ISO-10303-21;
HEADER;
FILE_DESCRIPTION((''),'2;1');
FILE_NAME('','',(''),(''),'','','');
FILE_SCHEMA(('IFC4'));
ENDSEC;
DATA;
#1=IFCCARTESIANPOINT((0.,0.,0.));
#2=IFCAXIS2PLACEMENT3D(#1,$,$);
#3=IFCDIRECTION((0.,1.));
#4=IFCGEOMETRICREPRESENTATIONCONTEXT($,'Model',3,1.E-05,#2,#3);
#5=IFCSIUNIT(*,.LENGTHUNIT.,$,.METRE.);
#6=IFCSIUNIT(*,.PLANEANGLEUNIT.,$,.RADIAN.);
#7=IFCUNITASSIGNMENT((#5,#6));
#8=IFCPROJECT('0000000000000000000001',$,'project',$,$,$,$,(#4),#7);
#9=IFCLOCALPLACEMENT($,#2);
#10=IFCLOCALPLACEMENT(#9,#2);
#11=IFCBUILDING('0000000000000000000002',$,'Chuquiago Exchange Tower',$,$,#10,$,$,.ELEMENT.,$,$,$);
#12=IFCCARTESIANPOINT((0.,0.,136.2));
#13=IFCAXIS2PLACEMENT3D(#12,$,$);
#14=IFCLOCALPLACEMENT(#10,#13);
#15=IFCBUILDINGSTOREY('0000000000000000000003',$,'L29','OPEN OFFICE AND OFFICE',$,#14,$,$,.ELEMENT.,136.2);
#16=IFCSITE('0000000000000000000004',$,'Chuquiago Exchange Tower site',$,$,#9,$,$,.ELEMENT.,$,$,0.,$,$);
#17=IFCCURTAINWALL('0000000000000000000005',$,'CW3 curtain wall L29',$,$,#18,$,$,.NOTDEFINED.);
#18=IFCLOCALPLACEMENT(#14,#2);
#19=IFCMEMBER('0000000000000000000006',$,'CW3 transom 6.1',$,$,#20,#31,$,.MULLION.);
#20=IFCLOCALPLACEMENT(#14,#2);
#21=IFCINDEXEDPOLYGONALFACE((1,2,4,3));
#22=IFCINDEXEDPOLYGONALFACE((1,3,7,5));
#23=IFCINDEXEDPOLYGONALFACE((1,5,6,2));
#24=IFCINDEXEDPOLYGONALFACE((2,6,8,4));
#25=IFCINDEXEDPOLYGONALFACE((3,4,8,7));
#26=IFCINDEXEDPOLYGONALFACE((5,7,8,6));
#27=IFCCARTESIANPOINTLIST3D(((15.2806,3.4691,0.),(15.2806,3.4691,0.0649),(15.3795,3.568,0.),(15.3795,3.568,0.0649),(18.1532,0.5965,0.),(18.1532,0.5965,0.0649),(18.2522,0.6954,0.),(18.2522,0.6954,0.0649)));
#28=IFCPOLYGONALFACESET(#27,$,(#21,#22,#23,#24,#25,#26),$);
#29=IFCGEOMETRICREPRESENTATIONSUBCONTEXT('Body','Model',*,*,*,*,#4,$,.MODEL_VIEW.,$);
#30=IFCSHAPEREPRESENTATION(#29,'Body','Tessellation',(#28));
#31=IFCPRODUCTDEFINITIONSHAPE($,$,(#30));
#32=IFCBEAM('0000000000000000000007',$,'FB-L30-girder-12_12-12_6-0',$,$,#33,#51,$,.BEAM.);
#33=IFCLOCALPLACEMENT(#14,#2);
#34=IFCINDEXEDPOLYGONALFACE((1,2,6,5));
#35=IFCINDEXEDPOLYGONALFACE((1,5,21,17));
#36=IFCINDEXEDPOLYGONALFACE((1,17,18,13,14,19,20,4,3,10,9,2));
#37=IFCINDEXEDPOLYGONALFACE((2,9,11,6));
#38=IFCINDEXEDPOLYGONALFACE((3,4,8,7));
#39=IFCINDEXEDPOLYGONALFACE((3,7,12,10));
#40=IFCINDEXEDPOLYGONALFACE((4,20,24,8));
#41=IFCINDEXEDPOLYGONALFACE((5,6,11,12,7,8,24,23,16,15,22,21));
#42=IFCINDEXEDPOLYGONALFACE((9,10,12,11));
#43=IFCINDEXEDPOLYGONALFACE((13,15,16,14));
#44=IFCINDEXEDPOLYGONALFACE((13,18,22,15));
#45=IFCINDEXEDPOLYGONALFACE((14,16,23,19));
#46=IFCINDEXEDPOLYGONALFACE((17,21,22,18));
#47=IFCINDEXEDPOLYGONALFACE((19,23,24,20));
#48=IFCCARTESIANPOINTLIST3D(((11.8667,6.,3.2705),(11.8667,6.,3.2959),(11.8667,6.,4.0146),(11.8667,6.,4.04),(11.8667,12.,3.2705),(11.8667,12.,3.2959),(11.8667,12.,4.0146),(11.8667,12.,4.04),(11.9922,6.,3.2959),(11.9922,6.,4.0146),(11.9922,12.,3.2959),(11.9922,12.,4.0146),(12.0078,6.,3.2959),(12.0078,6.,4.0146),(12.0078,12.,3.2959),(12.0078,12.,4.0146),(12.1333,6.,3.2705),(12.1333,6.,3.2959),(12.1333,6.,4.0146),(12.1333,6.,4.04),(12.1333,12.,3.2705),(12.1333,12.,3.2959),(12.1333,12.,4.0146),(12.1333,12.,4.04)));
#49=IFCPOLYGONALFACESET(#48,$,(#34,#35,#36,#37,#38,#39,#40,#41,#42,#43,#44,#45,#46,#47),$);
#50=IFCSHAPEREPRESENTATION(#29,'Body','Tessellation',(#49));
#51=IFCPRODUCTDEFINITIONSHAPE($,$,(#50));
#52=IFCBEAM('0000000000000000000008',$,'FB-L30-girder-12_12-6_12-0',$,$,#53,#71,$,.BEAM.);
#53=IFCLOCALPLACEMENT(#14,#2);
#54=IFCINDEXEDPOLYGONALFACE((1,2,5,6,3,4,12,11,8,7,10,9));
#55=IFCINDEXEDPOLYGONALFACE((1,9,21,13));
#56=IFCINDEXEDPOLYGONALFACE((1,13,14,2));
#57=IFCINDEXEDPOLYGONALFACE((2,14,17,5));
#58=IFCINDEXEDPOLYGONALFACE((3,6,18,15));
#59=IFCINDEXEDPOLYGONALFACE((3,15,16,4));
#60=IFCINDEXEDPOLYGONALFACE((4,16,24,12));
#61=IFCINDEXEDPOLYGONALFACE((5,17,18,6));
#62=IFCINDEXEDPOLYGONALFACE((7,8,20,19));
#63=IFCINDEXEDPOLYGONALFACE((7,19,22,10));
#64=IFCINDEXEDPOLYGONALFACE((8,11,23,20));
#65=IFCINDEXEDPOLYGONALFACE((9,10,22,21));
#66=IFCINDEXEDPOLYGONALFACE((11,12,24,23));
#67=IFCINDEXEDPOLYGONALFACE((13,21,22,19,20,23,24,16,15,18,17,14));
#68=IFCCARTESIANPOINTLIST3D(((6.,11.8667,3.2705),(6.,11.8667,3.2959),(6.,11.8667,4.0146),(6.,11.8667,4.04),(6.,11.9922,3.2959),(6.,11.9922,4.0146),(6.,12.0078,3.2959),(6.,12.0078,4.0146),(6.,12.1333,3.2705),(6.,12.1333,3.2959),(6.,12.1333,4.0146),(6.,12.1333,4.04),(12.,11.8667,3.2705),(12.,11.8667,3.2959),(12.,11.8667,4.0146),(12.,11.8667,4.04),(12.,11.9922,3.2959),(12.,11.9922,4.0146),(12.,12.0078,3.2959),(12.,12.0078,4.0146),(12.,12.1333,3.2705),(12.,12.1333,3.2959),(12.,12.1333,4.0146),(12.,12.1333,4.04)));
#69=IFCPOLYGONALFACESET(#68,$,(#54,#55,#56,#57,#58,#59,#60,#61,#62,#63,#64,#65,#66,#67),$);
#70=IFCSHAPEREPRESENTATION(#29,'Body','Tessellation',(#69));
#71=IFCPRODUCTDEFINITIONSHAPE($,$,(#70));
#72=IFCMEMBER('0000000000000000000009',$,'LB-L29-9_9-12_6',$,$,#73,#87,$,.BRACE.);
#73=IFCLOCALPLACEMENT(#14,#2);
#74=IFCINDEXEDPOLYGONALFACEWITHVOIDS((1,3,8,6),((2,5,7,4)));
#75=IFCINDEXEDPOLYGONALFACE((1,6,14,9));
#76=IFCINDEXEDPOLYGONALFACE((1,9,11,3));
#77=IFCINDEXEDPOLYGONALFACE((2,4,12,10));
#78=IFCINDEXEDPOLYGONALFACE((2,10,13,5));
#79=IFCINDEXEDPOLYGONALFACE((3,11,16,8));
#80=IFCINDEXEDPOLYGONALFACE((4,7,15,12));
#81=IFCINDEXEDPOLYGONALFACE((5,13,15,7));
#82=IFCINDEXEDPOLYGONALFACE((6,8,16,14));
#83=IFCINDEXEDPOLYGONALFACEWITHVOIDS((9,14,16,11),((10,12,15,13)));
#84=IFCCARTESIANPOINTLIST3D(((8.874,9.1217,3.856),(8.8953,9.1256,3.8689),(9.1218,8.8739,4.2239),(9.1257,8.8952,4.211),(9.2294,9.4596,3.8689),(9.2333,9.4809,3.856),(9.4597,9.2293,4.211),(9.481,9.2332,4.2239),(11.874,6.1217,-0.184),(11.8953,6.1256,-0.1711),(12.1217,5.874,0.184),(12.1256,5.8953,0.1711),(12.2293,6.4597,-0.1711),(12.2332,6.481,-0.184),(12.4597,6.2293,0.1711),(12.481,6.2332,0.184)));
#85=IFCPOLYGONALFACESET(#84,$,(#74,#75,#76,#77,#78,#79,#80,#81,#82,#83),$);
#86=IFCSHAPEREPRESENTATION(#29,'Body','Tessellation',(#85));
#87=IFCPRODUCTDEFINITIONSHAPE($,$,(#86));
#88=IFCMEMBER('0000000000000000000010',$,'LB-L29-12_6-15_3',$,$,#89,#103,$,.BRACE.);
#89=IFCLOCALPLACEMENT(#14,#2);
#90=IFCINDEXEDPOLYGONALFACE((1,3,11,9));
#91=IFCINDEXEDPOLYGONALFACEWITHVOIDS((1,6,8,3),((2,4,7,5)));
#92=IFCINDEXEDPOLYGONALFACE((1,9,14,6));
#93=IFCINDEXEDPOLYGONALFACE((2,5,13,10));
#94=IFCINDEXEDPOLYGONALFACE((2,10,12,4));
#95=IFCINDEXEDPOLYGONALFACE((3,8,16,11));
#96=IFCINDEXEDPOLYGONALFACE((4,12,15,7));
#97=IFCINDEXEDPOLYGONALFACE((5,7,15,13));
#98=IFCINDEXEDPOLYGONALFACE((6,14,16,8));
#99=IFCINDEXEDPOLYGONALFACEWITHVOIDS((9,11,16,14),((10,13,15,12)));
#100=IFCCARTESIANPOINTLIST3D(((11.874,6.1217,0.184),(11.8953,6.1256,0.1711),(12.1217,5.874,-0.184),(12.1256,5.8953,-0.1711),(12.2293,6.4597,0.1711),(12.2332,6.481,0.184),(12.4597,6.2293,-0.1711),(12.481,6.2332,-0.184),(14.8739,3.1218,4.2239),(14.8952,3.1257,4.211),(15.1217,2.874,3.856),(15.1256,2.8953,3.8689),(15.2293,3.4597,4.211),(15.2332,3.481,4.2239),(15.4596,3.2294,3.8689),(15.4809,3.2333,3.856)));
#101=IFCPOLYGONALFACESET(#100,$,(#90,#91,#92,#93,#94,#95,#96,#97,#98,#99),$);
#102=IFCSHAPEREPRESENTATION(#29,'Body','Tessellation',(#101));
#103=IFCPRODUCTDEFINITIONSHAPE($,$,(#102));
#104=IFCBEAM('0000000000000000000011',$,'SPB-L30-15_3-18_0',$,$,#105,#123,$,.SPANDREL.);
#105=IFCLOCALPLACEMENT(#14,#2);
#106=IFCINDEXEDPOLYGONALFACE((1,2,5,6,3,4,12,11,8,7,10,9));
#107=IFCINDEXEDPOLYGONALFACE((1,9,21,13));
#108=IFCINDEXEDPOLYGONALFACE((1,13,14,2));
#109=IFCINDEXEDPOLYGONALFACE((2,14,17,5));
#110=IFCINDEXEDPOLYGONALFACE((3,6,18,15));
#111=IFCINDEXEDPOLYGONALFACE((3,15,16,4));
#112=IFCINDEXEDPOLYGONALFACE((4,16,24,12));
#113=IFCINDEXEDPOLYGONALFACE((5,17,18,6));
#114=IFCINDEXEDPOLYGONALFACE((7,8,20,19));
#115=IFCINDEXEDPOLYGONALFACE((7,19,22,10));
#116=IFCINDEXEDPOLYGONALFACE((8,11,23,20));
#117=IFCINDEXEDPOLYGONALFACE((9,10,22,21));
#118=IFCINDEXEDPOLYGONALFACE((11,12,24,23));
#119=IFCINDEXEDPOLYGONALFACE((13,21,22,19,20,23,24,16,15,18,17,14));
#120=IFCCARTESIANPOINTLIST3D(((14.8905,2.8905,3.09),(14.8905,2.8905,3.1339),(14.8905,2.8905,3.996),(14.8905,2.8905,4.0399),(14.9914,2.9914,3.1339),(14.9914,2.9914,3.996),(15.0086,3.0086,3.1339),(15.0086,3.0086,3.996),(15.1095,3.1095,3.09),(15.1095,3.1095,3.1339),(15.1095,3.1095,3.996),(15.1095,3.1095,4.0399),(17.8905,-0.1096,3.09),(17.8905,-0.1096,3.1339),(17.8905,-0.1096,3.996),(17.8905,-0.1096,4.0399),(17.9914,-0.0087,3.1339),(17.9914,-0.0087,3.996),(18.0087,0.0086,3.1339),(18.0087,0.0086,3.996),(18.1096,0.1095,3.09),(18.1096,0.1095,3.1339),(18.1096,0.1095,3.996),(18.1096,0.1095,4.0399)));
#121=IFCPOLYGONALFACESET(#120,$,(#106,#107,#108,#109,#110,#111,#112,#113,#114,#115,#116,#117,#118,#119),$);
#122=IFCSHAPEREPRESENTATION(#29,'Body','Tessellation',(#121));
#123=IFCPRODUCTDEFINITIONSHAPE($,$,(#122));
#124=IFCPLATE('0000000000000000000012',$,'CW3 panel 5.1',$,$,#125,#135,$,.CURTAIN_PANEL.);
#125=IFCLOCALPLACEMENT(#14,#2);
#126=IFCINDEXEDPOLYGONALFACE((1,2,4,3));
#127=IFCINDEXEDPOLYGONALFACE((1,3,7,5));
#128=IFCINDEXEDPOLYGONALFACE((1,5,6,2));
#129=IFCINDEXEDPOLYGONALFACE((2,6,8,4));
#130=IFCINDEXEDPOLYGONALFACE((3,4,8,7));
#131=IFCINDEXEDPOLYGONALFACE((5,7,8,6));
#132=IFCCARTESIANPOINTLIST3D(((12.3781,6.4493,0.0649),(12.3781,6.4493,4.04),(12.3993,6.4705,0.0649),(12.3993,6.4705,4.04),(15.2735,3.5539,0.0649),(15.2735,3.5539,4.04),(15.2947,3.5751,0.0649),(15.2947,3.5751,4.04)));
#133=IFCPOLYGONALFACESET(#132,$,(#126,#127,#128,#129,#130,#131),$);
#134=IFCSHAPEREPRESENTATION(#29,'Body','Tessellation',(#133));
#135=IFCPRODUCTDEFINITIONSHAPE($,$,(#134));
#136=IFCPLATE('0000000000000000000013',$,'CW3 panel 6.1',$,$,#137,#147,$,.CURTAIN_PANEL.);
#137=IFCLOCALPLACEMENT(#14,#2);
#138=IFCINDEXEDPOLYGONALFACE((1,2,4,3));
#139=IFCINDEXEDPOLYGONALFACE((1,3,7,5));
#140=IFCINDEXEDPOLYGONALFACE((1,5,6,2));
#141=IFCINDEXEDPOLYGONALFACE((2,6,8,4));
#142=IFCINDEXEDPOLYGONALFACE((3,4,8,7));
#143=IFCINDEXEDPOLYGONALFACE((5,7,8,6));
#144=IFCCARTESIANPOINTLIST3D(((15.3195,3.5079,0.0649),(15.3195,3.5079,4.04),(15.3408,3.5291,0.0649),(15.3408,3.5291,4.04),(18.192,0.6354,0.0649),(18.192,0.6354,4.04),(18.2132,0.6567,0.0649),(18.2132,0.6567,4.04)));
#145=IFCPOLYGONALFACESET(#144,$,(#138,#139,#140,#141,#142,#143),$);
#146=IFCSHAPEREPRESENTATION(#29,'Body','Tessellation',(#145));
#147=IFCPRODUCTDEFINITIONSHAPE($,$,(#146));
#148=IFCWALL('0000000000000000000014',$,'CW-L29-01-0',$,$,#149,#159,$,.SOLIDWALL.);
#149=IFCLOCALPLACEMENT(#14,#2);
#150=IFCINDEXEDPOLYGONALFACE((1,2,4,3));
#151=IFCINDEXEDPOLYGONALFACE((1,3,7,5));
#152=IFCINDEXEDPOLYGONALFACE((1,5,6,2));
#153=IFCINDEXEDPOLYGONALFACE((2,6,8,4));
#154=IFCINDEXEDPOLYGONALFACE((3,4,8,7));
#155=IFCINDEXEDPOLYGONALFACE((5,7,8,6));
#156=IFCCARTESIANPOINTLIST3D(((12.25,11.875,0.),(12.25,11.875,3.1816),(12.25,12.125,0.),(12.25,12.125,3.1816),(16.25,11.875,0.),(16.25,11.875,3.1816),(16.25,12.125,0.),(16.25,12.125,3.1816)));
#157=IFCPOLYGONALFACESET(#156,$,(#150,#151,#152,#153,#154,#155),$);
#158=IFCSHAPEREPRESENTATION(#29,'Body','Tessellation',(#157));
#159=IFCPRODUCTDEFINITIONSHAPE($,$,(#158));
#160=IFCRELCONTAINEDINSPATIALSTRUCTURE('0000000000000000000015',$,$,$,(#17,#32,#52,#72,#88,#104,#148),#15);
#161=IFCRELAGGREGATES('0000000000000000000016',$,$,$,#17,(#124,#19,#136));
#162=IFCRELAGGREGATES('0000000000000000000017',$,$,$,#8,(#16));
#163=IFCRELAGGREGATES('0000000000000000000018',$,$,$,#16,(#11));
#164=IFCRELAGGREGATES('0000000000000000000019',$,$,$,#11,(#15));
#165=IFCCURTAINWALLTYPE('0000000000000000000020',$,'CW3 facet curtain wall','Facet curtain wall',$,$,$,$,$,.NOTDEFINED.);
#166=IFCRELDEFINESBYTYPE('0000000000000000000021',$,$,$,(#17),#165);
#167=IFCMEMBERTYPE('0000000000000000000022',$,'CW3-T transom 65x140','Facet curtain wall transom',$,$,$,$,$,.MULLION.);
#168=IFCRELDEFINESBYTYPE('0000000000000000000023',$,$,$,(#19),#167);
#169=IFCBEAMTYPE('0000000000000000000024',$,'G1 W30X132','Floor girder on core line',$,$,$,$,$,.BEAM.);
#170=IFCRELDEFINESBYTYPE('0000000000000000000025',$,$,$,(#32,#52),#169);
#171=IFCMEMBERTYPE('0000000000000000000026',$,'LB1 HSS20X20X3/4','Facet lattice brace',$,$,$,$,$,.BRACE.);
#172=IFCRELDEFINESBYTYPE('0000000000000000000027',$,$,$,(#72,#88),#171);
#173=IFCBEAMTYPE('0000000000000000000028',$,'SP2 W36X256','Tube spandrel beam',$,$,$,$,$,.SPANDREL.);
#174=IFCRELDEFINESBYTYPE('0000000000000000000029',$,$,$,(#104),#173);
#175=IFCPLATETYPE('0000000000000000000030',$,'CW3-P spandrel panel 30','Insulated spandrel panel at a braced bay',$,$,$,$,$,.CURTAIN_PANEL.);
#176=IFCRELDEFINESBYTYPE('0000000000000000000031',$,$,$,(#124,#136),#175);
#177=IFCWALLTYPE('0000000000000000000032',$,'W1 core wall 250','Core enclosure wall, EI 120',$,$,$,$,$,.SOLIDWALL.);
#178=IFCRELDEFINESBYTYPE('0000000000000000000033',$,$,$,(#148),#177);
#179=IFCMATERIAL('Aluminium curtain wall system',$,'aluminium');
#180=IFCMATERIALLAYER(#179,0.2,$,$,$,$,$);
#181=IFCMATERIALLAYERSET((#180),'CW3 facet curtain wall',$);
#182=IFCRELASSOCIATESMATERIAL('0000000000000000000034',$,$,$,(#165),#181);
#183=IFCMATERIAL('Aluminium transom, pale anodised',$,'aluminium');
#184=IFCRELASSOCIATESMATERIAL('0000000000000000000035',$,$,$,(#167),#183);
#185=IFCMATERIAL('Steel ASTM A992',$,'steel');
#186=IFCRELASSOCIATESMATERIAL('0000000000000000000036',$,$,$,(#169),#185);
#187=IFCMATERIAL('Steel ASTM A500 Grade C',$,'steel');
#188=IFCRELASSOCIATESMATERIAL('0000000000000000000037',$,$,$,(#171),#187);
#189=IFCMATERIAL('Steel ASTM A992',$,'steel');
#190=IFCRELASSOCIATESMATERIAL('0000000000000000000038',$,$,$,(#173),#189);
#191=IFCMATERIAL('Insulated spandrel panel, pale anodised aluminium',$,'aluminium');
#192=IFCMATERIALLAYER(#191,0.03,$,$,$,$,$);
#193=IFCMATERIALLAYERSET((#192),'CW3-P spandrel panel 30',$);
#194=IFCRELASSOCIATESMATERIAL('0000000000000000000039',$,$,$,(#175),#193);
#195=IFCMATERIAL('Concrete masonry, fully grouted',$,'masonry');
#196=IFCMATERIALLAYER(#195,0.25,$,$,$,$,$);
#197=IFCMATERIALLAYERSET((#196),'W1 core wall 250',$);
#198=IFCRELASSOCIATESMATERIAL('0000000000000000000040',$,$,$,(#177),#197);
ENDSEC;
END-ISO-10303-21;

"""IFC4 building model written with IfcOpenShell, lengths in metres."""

from ifc_helpers import new_model, si_unit, direction, frame, frame_2d, origin, origin_2d, place, context, subcontext, project, spatial, rectangle, hollow_rectangle, i_section, extrude, material, layer, layer_set, material_profile, profile_set, type_object, element, aggregate, save


model = new_model("IFC4")

# Units and contexts
model_context = context("Model", 3, precision=1e-05, world=origin(), true_north=direction((0.0, 1.0)))
body_context = subcontext(model_context, "Body", "Model", "MODEL_VIEW")
ifc_project = project(units=[si_unit("LENGTHUNIT", "METRE"), si_unit("PLANEANGLEUNIT", "RADIAN")], contexts=[model_context])

# Site, building, storey
site_placement = place(None, origin())
site = spatial("IfcSite", under=ifc_project, at=site_placement, Name="Chuquiago Exchange Tower site", CompositionType="ELEMENT", RefElevation=0.0)
building_placement = place(site_placement, origin())
building = spatial("IfcBuilding", under=site, at=building_placement, Name="Chuquiago Exchange Tower", CompositionType="ELEMENT")
storey_placement = place(building_placement, frame((0.0, 0.0, 136.2)))
storey = spatial("IfcBuildingStorey", under=building, at=storey_placement, Name="L29", Description="OPEN OFFICE AND OFFICE", CompositionType="ELEMENT", Elevation=136.2)

# Curtain wall, member
ifc_material_1 = material(Name="Aluminium curtain wall system", Category="aluminium")
ifc_layer_1 = layer(ifc_material_1, 0.2)
ifc_layer_set_1 = layer_set([ifc_layer_1], Name="CW3 facet curtain wall")
curtain_wall_type = type_object("IfcCurtainWallType", Name="CW3 facet curtain wall", Description="Facet curtain wall", PredefinedType="NOTDEFINED", material=ifc_layer_set_1)
curtain_wall_placement = place(storey_placement, origin())
curtain_wall = element("IfcCurtainWall", 1, at=curtain_wall_placement, inside=storey, type_object=curtain_wall_type, Name="CW3 curtain wall L29", PredefinedType="NOTDEFINED")
ifc_material_2 = material(Name="Aluminium transom, pale anodised", Category="aluminium")
ifc_material_profile_1 = material_profile(ifc_material_2, rectangle(XDim=0.1399, YDim=0.0649, at=origin_2d()), Name="AL 140x65")
ifc_profile_set_1 = profile_set([ifc_material_profile_1], Name="Aluminium transom, pale anodised")
member_type_1 = type_object("IfcMemberType", Name="CW3-T transom 65x140", Description="Facet curtain wall transom", PredefinedType="MULLION", material=ifc_profile_set_1)
member_1_placement = place(storey_placement, frame((15.3301, 3.5186, 0.0325), z_axis=(0.707107, -0.707107, 0.0), x_axis=(0.707107, 0.707107, 0.0)))
member_1 = element("IfcMember", 2, at=member_1_placement, type_object=member_type_1, Name="CW3 transom 6.1", PredefinedType="MULLION", context=body_context, shape_type="SweptSolid", body=[
    extrude(rectangle(XDim=0.1399, YDim=0.0649, at=origin_2d()), origin(), (0.0, 0.0, 1.0), 4.0625),
])

# Beams
ifc_material_3 = material(Name="Steel ASTM A992", Category="steel")
ifc_material_profile_2 = material_profile(ifc_material_3, i_section(OverallWidth=0.2666, OverallDepth=0.7695, WebThickness=0.0156, FlangeThickness=0.0254, at=origin_2d()), Name="W30X132")
ifc_profile_set_2 = profile_set([ifc_material_profile_2], Name="Steel ASTM A992")
beam_type_1 = type_object("IfcBeamType", Name="G1 W30X132", Description="Floor girder on core line", PredefinedType="BEAM", material=ifc_profile_set_2)
for number, where, z_axis, x_axis, name in (
    (3, (12.0, 12.0, 3.6553), (0.0, -1.0, 0.0), (1.0, 0.0, 0.0), "FB-L30-girder-12_12-12_6-0"),
    (4, (12.0, 12.0, 3.6553), (-1.0, 0.0, 0.0), (0.0, -1.0, 0.0), "FB-L30-girder-12_12-6_12-0"),
):
    element("IfcBeam", number, at=place(storey_placement, frame(where, z_axis=z_axis, x_axis=x_axis)), inside=storey, type_object=beam_type_1, Name=name, PredefinedType="BEAM", context=body_context, shape_type="SweptSolid", body=[
        extrude(i_section(OverallWidth=0.2666, OverallDepth=0.7695, WebThickness=0.0156, FlangeThickness=0.0254, at=origin_2d()), origin(), (0.0, 0.0, 1.0), 6.0),
    ])

# Members
ifc_material_4 = material(Name="Steel ASTM A500 Grade C", Category="steel")
ifc_material_profile_3 = material_profile(ifc_material_4, hollow_rectangle(XDim=0.5081, YDim=0.5081, WallThickness=0.0178, at=origin_2d()), Name="HSS20X20X3/4")
ifc_profile_set_3 = profile_set([ifc_material_profile_3], Name="Steel ASTM A500 Grade C")
member_type_2 = type_object("IfcMemberType", Name="LB1 HSS20X20X3/4", Description="Facet lattice brace", PredefinedType="BRACE", material=ifc_profile_set_3)
for number, where, z_axis, x_axis, name in (
    (5, (12.1775, 6.1775, 0.0), (-0.512077, 0.512077, 0.689604), (-0.707107, -0.707107, 0.0), "LB-L29-9_9-12_6"),
    (6, (12.1775, 6.1775, 0.0), (0.512077, -0.512077, 0.689604), (0.707107, 0.707107, 0.0), "LB-L29-12_6-15_3"),
):
    element("IfcMember", number, at=place(storey_placement, frame(where, z_axis=z_axis, x_axis=x_axis)), inside=storey, type_object=member_type_2, Name=name, PredefinedType="BRACE", context=body_context, shape_type="SweptSolid", body=[
        extrude(hollow_rectangle(XDim=0.5081, YDim=0.5081, WallThickness=0.0178, at=origin_2d()), origin(), (0.0, 0.0, 1.0), 5.8584),
    ])

# Beam
ifc_material_5 = material(Name="Steel ASTM A992", Category="steel")
ifc_material_profile_4 = material_profile(ifc_material_5, i_section(OverallWidth=0.3098, OverallDepth=0.95, WebThickness=0.0244, FlangeThickness=0.0439, at=origin_2d()), Name="W36X256")
ifc_profile_set_4 = profile_set([ifc_material_profile_4], Name="Steel ASTM A992")
beam_type_2 = type_object("IfcBeamType", Name="SP2 W36X256", Description="Tube spandrel beam", PredefinedType="SPANDREL", material=ifc_profile_set_4)
beam_1_placement = place(storey_placement, frame((15.0, 3.0, 3.5649), z_axis=(0.707107, -0.707107, 0.0), x_axis=(0.707107, 0.707107, 0.0)))
element("IfcBeam", 7, at=beam_1_placement, inside=storey, type_object=beam_type_2, Name="SPB-L30-15_3-18_0", PredefinedType="SPANDREL", context=body_context, shape_type="SweptSolid", body=[
    extrude(i_section(OverallWidth=0.3098, OverallDepth=0.95, WebThickness=0.0244, FlangeThickness=0.0439, at=origin_2d()), origin(), (0.0, 0.0, 1.0), 4.2427),
])

# Plates
ifc_material_6 = material(Name="Insulated spandrel panel, pale anodised aluminium", Category="aluminium")
ifc_layer_2 = layer(ifc_material_6, 0.03)
ifc_layer_set_2 = layer_set([ifc_layer_2], Name="CW3-P spandrel panel 30")
plate_type = type_object("IfcPlateType", Name="CW3-P spandrel panel 30", Description="Insulated spandrel panel at a braced bay", PredefinedType="CURTAIN_PANEL", material=ifc_layer_set_2)
plate_1_placement = place(storey_placement, frame((13.8364, 5.0122, 0.0649), z_axis=(0.0, 0.0, 1.0), x_axis=(0.707107, -0.707107, 0.0)))
plate_1 = element("IfcPlate", 8, at=plate_1_placement, type_object=plate_type, Name="CW3 panel 5.1", PredefinedType="CURTAIN_PANEL", context=body_context, shape_type="SweptSolid", body=[
    extrude(rectangle(XDim=4.0947, YDim=0.03, at=origin_2d()), origin(), (0.0, 0.0, 1.0), 3.9751),
])
plate_2_placement = place(storey_placement, frame((16.7664, 2.0823, 0.0649), z_axis=(0.0, 0.0, 1.0), x_axis=(0.707107, -0.707107, 0.0)))
plate_2 = element("IfcPlate", 9, at=plate_2_placement, type_object=plate_type, Name="CW3 panel 6.1", PredefinedType="CURTAIN_PANEL", context=body_context, shape_type="SweptSolid", body=[
    extrude(rectangle(XDim=4.0623, YDim=0.03, at=origin_2d()), origin(), (0.0, 0.0, 1.0), 3.9751),
])
aggregate(curtain_wall, [plate_1, member_1, plate_2])

# Wall
ifc_material_7 = material(Name="Concrete masonry, fully grouted", Category="masonry")
ifc_layer_3 = layer(ifc_material_7, 0.25)
ifc_layer_set_3 = layer_set([ifc_layer_3], Name="W1 core wall 250")
wall_type = type_object("IfcWallType", Name="W1 core wall 250", Description="Core enclosure wall, EI 120", PredefinedType="SOLIDWALL", material=ifc_layer_set_3)
wall_placement = place(storey_placement, frame((12.25, 12.0, 0.0), z_axis=(0.0, 0.0, 1.0), x_axis=(1.0, 0.0, 0.0)))
element("IfcWall", 10, at=wall_placement, inside=storey, type_object=wall_type, Name="CW-L29-01-0", PredefinedType="SOLIDWALL", context=body_context, shape_type="SweptSolid", body=[
    extrude(rectangle(XDim=4.0, YDim=0.25, at=frame_2d((2.0, 0.0))), origin(), (0.0, 0.0, 1.0), 3.1816),
])

save(model, "model.ifc")
